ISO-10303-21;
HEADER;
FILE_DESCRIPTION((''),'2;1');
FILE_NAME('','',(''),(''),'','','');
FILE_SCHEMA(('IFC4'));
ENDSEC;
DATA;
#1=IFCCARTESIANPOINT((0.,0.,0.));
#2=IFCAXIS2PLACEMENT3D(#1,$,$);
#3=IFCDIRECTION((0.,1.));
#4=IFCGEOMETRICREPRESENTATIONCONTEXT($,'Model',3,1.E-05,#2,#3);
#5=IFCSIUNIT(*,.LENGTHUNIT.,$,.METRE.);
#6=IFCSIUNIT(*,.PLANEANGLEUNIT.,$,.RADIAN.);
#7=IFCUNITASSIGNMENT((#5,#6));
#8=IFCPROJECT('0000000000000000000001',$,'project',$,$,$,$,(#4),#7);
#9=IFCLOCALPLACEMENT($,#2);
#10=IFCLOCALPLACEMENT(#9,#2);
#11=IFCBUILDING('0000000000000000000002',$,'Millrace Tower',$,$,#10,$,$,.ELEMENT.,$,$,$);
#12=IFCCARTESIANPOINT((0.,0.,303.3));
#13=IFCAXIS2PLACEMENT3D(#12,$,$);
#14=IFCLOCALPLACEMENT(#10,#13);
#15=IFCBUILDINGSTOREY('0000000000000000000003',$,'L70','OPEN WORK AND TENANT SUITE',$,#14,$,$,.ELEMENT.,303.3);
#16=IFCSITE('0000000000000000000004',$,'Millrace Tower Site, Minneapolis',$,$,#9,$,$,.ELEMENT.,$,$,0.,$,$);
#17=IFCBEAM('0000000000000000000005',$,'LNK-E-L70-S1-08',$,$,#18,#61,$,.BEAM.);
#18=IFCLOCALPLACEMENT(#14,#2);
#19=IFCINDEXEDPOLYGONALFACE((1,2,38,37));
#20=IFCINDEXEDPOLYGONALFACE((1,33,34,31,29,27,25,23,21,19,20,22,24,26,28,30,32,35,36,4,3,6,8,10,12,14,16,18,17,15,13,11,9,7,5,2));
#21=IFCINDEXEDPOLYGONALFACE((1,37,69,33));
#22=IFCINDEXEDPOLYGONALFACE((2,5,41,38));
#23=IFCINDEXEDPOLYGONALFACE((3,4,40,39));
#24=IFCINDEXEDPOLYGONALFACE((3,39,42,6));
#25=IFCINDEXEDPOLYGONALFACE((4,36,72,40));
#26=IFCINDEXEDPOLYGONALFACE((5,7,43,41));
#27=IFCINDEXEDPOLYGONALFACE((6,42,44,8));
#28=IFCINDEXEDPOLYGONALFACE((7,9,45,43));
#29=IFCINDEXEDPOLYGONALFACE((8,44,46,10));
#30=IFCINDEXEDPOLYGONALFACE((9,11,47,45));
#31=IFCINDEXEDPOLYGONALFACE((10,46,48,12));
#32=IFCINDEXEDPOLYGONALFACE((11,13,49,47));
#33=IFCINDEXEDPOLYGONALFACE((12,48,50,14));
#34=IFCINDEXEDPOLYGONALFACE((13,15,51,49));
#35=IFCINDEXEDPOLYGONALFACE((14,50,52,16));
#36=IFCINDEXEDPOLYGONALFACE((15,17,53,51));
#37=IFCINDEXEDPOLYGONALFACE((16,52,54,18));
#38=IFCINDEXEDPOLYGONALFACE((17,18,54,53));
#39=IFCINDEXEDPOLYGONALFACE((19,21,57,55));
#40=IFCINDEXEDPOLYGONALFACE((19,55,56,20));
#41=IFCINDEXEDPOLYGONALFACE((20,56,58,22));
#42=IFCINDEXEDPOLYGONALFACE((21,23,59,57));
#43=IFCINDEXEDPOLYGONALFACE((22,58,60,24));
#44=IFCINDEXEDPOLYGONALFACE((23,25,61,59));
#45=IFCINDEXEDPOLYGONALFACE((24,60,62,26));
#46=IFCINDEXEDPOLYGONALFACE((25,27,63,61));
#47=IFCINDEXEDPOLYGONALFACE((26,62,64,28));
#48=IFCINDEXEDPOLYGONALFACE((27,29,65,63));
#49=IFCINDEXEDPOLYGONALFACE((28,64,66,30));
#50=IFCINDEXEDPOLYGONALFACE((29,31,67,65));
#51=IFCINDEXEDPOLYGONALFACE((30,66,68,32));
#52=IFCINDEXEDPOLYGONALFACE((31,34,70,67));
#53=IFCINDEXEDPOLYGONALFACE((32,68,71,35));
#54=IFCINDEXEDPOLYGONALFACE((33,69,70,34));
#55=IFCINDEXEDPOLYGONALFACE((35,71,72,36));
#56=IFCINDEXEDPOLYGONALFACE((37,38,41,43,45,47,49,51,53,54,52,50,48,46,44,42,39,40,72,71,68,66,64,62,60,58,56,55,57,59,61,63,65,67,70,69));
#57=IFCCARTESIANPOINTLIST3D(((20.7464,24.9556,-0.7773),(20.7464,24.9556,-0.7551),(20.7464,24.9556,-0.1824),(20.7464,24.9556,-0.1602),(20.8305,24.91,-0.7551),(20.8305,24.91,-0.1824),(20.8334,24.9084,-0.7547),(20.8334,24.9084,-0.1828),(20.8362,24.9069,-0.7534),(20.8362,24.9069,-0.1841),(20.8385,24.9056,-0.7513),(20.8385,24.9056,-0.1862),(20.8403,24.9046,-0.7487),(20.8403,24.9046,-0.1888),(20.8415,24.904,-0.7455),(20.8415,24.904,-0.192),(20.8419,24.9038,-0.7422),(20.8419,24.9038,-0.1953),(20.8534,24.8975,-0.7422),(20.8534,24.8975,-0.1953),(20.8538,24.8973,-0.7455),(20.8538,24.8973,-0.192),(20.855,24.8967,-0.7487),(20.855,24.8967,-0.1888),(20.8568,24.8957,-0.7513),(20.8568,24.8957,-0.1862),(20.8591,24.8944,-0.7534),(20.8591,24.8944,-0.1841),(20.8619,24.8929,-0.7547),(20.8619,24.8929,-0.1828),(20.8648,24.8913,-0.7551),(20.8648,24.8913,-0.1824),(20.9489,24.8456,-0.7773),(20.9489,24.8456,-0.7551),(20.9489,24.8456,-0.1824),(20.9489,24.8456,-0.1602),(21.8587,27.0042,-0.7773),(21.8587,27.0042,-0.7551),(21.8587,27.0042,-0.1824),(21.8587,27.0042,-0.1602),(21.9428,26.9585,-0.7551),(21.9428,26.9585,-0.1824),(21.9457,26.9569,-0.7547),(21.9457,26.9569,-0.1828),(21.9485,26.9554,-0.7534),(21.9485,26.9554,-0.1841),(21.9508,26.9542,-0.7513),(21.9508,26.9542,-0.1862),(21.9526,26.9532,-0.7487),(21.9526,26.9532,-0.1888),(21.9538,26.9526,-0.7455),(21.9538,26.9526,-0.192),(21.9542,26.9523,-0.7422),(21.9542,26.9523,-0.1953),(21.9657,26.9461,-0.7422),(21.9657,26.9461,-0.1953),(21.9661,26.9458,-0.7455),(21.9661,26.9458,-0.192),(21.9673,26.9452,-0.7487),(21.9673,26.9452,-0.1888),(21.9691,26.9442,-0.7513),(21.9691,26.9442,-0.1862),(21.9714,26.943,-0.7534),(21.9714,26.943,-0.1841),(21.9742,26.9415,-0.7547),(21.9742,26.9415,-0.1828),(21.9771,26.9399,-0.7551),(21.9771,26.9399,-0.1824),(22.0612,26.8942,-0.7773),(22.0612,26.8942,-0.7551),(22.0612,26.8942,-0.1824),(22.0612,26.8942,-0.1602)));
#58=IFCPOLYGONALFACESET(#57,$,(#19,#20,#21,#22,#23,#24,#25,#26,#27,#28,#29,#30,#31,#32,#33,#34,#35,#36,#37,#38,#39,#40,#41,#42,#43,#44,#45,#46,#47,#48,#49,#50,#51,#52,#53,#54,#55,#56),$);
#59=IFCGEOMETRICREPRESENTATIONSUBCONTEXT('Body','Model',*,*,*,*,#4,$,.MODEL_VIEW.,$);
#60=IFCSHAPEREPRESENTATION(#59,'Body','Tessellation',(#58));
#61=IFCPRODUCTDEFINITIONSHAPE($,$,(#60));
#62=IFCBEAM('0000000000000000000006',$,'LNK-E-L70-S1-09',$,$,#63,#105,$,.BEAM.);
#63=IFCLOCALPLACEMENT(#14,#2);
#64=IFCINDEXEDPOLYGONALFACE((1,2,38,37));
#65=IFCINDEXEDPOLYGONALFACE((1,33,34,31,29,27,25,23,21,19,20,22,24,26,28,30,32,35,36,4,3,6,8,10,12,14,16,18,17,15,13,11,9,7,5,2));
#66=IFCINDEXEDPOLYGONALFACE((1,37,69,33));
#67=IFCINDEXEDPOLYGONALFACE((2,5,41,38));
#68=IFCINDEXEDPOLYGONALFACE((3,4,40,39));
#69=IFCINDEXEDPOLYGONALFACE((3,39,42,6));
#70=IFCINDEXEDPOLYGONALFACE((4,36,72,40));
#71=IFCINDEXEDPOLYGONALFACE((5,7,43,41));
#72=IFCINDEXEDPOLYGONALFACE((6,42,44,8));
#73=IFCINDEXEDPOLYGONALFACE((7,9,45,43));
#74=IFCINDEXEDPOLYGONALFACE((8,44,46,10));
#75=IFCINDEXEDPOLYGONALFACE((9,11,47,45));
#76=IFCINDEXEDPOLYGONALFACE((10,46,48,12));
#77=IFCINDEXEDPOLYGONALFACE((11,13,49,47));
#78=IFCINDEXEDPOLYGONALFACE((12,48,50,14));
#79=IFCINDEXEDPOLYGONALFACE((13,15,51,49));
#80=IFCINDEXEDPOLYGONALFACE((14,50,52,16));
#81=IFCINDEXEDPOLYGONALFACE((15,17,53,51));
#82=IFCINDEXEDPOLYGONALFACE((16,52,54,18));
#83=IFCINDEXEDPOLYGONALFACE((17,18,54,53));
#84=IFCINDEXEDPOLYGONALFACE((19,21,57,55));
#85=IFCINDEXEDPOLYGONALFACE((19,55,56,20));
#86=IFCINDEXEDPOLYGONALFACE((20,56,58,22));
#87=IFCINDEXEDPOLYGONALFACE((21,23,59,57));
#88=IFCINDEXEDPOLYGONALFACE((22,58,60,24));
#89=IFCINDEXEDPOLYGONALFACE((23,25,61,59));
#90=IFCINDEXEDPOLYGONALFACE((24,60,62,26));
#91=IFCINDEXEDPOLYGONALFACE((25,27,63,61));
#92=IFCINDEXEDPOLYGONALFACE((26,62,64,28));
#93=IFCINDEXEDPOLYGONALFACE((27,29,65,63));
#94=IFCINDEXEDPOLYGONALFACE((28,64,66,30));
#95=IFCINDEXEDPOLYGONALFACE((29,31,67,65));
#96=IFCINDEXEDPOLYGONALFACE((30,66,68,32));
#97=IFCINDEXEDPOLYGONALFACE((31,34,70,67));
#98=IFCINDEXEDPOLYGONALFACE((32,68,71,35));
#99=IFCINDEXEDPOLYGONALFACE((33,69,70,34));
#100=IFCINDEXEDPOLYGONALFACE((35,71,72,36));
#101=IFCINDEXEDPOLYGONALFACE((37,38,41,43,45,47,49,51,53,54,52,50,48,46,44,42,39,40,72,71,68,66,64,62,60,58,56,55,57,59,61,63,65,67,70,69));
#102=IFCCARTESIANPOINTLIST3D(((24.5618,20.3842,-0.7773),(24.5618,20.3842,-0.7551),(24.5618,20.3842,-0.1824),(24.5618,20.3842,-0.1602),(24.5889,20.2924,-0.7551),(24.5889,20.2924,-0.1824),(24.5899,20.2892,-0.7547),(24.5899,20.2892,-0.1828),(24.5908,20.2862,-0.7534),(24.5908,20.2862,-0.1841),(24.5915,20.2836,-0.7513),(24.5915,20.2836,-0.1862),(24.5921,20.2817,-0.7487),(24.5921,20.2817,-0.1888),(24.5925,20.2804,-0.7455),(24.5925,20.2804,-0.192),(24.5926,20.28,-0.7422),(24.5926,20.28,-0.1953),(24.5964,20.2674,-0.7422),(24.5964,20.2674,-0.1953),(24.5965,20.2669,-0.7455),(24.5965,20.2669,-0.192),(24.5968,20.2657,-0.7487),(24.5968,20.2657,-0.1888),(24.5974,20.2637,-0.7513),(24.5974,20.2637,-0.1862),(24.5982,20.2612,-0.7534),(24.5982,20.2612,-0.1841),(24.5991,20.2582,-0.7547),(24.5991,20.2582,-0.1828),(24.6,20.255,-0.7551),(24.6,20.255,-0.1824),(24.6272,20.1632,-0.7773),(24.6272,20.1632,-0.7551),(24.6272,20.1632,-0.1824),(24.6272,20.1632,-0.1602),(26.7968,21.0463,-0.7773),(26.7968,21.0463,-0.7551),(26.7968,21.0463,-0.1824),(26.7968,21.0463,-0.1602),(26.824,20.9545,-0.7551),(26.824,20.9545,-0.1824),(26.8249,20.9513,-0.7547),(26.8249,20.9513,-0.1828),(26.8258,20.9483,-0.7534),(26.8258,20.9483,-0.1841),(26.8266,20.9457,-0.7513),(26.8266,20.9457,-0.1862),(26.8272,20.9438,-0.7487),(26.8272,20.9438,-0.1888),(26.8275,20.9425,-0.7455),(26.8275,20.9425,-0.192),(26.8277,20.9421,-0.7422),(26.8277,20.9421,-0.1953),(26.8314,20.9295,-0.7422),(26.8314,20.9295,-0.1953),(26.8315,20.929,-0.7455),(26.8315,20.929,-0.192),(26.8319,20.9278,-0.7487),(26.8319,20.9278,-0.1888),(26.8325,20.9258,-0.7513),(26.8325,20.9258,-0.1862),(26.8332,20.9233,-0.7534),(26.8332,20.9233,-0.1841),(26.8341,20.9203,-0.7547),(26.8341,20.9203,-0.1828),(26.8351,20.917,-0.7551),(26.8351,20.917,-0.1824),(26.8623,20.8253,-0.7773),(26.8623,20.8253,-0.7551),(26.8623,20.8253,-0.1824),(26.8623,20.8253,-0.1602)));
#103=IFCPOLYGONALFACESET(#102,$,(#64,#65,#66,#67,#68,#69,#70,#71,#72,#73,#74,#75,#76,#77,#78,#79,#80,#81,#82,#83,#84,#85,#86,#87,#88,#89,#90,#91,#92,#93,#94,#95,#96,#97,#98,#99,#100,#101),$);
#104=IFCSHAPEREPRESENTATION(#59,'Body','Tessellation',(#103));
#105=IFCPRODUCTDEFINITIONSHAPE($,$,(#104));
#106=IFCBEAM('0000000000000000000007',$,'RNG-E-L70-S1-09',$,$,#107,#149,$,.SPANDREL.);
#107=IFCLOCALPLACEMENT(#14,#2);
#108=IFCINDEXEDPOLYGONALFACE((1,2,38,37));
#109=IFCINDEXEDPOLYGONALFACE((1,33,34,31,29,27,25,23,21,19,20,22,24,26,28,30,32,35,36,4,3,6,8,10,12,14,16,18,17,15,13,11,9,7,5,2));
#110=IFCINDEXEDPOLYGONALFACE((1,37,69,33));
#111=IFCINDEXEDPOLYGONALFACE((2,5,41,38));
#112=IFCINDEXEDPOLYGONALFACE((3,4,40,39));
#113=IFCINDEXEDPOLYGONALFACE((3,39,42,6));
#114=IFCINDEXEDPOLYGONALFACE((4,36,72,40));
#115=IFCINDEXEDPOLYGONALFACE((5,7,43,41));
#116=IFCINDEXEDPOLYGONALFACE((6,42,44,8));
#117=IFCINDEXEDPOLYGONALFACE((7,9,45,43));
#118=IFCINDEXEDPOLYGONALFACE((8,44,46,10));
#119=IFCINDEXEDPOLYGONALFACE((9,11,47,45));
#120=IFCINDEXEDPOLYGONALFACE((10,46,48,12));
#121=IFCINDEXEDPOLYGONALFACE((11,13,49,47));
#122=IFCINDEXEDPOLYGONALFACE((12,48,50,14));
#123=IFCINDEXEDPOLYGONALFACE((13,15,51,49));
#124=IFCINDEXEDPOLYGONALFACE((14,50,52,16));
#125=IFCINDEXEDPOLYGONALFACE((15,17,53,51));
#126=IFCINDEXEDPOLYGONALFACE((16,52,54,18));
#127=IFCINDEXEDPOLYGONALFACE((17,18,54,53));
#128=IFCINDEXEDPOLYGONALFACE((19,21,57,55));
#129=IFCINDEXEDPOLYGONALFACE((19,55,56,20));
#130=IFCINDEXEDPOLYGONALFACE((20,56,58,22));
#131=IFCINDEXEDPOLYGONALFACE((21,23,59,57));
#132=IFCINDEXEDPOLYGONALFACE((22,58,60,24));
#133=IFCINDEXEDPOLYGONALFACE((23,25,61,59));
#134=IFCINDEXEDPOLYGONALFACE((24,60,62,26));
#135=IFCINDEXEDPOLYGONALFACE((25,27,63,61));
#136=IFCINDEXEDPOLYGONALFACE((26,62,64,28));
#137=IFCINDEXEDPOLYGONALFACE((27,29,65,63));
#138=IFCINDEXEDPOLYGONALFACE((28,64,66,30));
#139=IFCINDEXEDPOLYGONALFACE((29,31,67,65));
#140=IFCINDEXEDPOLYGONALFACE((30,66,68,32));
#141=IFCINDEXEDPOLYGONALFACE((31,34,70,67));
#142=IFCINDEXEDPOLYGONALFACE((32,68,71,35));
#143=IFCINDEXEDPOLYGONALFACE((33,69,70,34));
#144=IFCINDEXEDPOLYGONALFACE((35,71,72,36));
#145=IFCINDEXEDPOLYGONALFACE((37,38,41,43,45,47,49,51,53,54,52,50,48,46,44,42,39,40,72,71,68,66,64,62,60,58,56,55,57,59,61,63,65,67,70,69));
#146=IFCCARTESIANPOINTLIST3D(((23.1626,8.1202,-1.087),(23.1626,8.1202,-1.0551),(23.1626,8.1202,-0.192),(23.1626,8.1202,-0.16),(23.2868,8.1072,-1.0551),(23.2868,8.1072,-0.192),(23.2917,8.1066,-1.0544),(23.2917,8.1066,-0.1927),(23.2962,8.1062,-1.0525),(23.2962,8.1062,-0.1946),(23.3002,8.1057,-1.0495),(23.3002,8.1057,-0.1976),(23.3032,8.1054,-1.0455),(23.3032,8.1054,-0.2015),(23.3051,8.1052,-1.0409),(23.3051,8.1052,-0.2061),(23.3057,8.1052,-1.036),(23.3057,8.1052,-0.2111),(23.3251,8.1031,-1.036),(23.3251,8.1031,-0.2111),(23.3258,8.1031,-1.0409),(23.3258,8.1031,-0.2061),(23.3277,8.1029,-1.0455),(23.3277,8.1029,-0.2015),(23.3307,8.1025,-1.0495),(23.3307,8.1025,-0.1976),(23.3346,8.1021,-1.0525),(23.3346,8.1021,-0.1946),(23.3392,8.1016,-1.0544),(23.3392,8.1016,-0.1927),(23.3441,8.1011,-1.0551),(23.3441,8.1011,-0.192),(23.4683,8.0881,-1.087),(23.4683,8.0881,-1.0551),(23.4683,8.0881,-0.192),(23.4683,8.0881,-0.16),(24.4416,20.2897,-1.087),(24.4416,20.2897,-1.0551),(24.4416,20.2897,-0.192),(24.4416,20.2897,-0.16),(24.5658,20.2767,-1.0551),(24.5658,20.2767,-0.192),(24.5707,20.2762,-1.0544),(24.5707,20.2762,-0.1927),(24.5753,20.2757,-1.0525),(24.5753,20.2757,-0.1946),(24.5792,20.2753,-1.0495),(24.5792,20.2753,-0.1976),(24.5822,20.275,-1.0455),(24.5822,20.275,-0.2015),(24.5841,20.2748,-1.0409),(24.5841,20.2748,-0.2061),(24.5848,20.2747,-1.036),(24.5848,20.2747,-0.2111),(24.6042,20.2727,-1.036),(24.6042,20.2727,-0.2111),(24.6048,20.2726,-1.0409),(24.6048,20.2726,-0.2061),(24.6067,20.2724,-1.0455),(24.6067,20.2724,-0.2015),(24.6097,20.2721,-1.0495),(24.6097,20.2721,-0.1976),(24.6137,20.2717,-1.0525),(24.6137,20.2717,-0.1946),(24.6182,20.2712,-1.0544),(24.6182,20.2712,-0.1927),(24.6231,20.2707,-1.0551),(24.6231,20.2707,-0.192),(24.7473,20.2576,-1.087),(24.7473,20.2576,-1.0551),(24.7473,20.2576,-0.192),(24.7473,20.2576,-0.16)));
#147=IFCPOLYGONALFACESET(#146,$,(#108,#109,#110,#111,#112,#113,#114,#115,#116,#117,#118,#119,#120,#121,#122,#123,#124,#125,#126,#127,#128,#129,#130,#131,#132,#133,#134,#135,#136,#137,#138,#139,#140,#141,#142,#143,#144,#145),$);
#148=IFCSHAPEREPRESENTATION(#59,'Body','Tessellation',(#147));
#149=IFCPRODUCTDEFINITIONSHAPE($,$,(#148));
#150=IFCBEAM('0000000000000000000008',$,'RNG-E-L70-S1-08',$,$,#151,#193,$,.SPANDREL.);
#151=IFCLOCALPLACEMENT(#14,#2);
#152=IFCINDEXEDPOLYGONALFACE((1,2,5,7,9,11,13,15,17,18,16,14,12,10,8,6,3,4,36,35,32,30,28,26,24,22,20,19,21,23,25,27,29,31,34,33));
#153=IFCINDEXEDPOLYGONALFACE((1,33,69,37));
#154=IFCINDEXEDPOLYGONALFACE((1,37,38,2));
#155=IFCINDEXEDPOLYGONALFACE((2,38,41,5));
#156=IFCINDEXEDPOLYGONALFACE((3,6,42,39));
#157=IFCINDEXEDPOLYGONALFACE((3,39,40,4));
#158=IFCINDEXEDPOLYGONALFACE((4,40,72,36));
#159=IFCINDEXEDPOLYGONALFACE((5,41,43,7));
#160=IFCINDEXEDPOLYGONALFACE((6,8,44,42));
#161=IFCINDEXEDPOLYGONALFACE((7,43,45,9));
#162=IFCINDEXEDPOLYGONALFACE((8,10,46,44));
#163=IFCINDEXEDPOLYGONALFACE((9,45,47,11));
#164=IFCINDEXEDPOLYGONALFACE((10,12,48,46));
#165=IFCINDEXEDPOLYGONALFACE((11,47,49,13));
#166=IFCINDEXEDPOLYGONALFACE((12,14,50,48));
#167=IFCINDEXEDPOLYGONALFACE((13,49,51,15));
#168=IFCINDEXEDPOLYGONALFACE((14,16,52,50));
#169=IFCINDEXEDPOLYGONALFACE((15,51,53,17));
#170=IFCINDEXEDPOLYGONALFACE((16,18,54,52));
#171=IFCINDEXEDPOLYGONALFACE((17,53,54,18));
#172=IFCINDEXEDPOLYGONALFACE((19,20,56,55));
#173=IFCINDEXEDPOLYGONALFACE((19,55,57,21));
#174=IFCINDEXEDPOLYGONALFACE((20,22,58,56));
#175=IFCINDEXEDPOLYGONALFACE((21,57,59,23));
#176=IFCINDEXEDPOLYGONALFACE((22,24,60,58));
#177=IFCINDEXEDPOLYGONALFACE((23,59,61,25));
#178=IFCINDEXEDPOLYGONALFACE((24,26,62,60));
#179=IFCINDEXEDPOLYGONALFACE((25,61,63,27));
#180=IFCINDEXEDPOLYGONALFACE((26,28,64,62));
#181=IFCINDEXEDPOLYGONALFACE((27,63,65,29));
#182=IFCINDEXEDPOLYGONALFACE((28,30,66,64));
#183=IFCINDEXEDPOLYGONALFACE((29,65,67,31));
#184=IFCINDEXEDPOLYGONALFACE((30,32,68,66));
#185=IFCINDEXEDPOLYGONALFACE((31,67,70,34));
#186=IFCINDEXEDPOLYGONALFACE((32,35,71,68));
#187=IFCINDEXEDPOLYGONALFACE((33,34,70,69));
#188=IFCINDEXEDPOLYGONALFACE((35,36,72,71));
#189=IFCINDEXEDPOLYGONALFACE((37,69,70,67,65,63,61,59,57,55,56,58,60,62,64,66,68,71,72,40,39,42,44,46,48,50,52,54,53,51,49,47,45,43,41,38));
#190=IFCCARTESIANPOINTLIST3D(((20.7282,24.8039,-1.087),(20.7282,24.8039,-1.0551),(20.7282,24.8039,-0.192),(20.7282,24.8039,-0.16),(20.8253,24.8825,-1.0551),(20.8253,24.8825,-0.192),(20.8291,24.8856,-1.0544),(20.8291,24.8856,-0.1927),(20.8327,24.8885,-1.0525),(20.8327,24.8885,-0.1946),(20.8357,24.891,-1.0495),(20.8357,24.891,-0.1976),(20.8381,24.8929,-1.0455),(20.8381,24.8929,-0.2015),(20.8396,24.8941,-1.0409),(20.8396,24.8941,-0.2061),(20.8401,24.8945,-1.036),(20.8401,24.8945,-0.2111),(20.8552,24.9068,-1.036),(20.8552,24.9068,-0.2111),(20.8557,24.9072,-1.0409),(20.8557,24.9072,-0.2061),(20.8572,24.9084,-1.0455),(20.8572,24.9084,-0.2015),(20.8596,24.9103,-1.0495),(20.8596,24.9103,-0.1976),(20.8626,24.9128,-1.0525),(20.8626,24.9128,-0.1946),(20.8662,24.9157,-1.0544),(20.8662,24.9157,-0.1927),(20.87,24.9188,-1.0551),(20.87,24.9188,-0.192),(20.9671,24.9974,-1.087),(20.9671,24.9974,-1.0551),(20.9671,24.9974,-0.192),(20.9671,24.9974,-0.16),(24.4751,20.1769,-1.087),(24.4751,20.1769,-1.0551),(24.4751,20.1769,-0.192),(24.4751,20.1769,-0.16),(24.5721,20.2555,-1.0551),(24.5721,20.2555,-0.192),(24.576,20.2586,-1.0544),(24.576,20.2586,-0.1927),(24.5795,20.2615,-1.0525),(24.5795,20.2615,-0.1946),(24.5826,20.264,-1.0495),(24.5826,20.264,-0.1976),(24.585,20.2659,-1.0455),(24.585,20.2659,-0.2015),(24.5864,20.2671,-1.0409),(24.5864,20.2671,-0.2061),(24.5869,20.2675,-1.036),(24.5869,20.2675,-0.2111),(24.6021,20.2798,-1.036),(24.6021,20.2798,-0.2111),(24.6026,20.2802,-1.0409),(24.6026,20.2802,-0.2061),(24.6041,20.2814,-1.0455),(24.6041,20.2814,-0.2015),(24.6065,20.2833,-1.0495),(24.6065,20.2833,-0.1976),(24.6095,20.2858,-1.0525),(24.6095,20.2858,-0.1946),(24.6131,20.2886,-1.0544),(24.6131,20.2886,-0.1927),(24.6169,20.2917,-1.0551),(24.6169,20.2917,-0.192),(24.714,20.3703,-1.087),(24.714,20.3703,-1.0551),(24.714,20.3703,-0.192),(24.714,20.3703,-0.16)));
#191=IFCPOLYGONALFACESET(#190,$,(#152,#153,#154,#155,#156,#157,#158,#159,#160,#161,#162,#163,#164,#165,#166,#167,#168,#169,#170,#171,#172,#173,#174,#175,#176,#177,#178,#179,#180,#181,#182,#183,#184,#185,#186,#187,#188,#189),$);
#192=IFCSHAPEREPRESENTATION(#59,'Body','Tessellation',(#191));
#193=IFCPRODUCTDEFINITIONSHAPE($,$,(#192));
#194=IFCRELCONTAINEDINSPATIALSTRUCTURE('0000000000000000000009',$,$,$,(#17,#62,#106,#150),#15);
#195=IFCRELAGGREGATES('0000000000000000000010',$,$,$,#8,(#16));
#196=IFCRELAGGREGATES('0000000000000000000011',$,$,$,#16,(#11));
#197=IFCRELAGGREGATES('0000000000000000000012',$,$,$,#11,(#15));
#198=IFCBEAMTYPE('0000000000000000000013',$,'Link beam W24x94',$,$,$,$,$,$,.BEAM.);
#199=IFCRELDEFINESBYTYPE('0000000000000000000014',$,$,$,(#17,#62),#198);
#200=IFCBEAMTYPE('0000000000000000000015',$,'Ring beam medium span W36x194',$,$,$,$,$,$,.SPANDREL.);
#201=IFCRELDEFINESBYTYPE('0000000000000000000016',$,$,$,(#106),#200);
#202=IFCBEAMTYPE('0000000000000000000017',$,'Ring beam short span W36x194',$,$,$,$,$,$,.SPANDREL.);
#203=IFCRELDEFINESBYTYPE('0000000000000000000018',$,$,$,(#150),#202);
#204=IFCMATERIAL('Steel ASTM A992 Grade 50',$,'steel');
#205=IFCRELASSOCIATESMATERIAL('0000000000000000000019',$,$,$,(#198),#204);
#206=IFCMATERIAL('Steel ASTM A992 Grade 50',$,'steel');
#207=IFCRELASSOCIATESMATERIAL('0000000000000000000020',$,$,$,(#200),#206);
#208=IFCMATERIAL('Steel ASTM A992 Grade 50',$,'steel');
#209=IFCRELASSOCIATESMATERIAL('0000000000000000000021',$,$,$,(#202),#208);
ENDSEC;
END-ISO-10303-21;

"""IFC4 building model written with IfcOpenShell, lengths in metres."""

from ifc_helpers import new_model, si_unit, direction, frame, origin, origin_2d, place, context, subcontext, project, spatial, i_section, extrude, material, material_profile, profile_set, type_object, element, save


model = new_model("IFC4")

# Units and contexts
model_context = context("Model", 3, precision=1e-05, world=origin(), true_north=direction((0.0, 1.0)))
body_context = subcontext(model_context, "Body", "Model", "MODEL_VIEW")
ifc_project = project(units=[si_unit("LENGTHUNIT", "METRE"), si_unit("PLANEANGLEUNIT", "RADIAN")], contexts=[model_context])

# Site, building, storey
site_placement = place(None, origin())
site = spatial("IfcSite", under=ifc_project, at=site_placement, Name="Millrace Tower Site, Minneapolis", CompositionType="ELEMENT", RefElevation=0.0)
building_placement = place(site_placement, origin())
building = spatial("IfcBuilding", under=site, at=building_placement, Name="Millrace Tower", CompositionType="ELEMENT")
storey_placement = place(building_placement, frame((0.0, 0.0, 303.3)))
storey = spatial("IfcBuildingStorey", under=building, at=storey_placement, Name="L70", Description="OPEN WORK AND TENANT SUITE", CompositionType="ELEMENT", Elevation=303.3)

# Beams
ifc_material_1 = material(Name="Steel ASTM A992 Grade 50", Category="steel")
ifc_material_profile_1 = material_profile(ifc_material_1, i_section(OverallWidth=0.2305, OverallDepth=0.6172, WebThickness=0.0132, FlangeThickness=0.0222, FilletRadius=0.0129, at=origin_2d()))
ifc_profile_set_1 = profile_set([ifc_material_profile_1], Name="Steel ASTM A992 Grade 50")
beam_type_1 = type_object("IfcBeamType", Name="Link beam W24x94", PredefinedType="BEAM", material=ifc_profile_set_1)
for number, where, z_axis, x_axis, name in (
    (1, (20.8477, 24.9006, -0.4688), (0.477164, 0.878815, 0.0), (-0.878815, 0.477164, 0.0), "LNK-E-L70-S1-08"),
    (2, (24.5945, 20.2737, -0.4688), (0.958815, 0.284031, 0.0), (-0.284031, 0.958815, 0.0), "LNK-E-L70-S1-09"),
):
    element("IfcBeam", number, at=place(storey_placement, frame(where, z_axis=z_axis, x_axis=x_axis)), inside=storey, type_object=beam_type_1, Name=name, PredefinedType="BEAM", context=body_context, shape_type="SweptSolid", body=[
        extrude(i_section(OverallWidth=0.2305, OverallDepth=0.6172, WebThickness=0.0132, FlangeThickness=0.0222, FilletRadius=0.0129, at=origin_2d()), origin(), (0.0, 0.0, 1.0), 2.3311),
    ])
ifc_material_2 = material(Name="Steel ASTM A992 Grade 50", Category="steel")
ifc_material_profile_2 = material_profile(ifc_material_2, i_section(OverallWidth=0.3074, OverallDepth=0.927, WebThickness=0.0195, FlangeThickness=0.032, FilletRadius=0.019, at=origin_2d()))
ifc_profile_set_2 = profile_set([ifc_material_profile_2], Name="Steel ASTM A992 Grade 50")
beam_type_2 = type_object("IfcBeamType", Name="Ring beam medium span W36x194", PredefinedType="SPANDREL", material=ifc_profile_set_2)
beam_1_placement = place(storey_placement, frame((24.5945, 20.2737, -0.6235), z_axis=(-0.104528, -0.994522, 0.0), x_axis=(0.994522, -0.104528, 0.0)))
element("IfcBeam", 3, at=beam_1_placement, inside=storey, type_object=beam_type_2, Name="RNG-E-L70-S1-09", PredefinedType="SPANDREL", context=body_context, shape_type="SweptSolid", body=[
    extrude(i_section(OverallWidth=0.3074, OverallDepth=0.927, WebThickness=0.0195, FlangeThickness=0.032, FilletRadius=0.019, at=origin_2d()), origin(), (0.0, 0.0, 1.0), 12.2366),
])
ifc_material_3 = material(Name="Steel ASTM A992 Grade 50", Category="steel")
ifc_material_profile_3 = material_profile(ifc_material_3, i_section(OverallWidth=0.3074, OverallDepth=0.927, WebThickness=0.0195, FlangeThickness=0.032, FilletRadius=0.019, at=origin_2d()))
ifc_profile_set_3 = profile_set([ifc_material_profile_3], Name="Steel ASTM A992 Grade 50")
beam_type_3 = type_object("IfcBeamType", Name="Ring beam short span W36x194", PredefinedType="SPANDREL", material=ifc_profile_set_3)
beam_2_placement = place(storey_placement, frame((20.8477, 24.9006, -0.6235), z_axis=(0.62932, -0.777147, 0.0), x_axis=(0.777147, 0.62932, 0.0)))
element("IfcBeam", 4, at=beam_2_placement, inside=storey, type_object=beam_type_3, Name="RNG-E-L70-S1-08", PredefinedType="SPANDREL", context=body_context, shape_type="SweptSolid", body=[
    extrude(i_section(OverallWidth=0.3074, OverallDepth=0.927, WebThickness=0.0195, FlangeThickness=0.032, FilletRadius=0.019, at=origin_2d()), origin(), (0.0, 0.0, 1.0), 5.9539),
])

save(model, "model.ifc")
